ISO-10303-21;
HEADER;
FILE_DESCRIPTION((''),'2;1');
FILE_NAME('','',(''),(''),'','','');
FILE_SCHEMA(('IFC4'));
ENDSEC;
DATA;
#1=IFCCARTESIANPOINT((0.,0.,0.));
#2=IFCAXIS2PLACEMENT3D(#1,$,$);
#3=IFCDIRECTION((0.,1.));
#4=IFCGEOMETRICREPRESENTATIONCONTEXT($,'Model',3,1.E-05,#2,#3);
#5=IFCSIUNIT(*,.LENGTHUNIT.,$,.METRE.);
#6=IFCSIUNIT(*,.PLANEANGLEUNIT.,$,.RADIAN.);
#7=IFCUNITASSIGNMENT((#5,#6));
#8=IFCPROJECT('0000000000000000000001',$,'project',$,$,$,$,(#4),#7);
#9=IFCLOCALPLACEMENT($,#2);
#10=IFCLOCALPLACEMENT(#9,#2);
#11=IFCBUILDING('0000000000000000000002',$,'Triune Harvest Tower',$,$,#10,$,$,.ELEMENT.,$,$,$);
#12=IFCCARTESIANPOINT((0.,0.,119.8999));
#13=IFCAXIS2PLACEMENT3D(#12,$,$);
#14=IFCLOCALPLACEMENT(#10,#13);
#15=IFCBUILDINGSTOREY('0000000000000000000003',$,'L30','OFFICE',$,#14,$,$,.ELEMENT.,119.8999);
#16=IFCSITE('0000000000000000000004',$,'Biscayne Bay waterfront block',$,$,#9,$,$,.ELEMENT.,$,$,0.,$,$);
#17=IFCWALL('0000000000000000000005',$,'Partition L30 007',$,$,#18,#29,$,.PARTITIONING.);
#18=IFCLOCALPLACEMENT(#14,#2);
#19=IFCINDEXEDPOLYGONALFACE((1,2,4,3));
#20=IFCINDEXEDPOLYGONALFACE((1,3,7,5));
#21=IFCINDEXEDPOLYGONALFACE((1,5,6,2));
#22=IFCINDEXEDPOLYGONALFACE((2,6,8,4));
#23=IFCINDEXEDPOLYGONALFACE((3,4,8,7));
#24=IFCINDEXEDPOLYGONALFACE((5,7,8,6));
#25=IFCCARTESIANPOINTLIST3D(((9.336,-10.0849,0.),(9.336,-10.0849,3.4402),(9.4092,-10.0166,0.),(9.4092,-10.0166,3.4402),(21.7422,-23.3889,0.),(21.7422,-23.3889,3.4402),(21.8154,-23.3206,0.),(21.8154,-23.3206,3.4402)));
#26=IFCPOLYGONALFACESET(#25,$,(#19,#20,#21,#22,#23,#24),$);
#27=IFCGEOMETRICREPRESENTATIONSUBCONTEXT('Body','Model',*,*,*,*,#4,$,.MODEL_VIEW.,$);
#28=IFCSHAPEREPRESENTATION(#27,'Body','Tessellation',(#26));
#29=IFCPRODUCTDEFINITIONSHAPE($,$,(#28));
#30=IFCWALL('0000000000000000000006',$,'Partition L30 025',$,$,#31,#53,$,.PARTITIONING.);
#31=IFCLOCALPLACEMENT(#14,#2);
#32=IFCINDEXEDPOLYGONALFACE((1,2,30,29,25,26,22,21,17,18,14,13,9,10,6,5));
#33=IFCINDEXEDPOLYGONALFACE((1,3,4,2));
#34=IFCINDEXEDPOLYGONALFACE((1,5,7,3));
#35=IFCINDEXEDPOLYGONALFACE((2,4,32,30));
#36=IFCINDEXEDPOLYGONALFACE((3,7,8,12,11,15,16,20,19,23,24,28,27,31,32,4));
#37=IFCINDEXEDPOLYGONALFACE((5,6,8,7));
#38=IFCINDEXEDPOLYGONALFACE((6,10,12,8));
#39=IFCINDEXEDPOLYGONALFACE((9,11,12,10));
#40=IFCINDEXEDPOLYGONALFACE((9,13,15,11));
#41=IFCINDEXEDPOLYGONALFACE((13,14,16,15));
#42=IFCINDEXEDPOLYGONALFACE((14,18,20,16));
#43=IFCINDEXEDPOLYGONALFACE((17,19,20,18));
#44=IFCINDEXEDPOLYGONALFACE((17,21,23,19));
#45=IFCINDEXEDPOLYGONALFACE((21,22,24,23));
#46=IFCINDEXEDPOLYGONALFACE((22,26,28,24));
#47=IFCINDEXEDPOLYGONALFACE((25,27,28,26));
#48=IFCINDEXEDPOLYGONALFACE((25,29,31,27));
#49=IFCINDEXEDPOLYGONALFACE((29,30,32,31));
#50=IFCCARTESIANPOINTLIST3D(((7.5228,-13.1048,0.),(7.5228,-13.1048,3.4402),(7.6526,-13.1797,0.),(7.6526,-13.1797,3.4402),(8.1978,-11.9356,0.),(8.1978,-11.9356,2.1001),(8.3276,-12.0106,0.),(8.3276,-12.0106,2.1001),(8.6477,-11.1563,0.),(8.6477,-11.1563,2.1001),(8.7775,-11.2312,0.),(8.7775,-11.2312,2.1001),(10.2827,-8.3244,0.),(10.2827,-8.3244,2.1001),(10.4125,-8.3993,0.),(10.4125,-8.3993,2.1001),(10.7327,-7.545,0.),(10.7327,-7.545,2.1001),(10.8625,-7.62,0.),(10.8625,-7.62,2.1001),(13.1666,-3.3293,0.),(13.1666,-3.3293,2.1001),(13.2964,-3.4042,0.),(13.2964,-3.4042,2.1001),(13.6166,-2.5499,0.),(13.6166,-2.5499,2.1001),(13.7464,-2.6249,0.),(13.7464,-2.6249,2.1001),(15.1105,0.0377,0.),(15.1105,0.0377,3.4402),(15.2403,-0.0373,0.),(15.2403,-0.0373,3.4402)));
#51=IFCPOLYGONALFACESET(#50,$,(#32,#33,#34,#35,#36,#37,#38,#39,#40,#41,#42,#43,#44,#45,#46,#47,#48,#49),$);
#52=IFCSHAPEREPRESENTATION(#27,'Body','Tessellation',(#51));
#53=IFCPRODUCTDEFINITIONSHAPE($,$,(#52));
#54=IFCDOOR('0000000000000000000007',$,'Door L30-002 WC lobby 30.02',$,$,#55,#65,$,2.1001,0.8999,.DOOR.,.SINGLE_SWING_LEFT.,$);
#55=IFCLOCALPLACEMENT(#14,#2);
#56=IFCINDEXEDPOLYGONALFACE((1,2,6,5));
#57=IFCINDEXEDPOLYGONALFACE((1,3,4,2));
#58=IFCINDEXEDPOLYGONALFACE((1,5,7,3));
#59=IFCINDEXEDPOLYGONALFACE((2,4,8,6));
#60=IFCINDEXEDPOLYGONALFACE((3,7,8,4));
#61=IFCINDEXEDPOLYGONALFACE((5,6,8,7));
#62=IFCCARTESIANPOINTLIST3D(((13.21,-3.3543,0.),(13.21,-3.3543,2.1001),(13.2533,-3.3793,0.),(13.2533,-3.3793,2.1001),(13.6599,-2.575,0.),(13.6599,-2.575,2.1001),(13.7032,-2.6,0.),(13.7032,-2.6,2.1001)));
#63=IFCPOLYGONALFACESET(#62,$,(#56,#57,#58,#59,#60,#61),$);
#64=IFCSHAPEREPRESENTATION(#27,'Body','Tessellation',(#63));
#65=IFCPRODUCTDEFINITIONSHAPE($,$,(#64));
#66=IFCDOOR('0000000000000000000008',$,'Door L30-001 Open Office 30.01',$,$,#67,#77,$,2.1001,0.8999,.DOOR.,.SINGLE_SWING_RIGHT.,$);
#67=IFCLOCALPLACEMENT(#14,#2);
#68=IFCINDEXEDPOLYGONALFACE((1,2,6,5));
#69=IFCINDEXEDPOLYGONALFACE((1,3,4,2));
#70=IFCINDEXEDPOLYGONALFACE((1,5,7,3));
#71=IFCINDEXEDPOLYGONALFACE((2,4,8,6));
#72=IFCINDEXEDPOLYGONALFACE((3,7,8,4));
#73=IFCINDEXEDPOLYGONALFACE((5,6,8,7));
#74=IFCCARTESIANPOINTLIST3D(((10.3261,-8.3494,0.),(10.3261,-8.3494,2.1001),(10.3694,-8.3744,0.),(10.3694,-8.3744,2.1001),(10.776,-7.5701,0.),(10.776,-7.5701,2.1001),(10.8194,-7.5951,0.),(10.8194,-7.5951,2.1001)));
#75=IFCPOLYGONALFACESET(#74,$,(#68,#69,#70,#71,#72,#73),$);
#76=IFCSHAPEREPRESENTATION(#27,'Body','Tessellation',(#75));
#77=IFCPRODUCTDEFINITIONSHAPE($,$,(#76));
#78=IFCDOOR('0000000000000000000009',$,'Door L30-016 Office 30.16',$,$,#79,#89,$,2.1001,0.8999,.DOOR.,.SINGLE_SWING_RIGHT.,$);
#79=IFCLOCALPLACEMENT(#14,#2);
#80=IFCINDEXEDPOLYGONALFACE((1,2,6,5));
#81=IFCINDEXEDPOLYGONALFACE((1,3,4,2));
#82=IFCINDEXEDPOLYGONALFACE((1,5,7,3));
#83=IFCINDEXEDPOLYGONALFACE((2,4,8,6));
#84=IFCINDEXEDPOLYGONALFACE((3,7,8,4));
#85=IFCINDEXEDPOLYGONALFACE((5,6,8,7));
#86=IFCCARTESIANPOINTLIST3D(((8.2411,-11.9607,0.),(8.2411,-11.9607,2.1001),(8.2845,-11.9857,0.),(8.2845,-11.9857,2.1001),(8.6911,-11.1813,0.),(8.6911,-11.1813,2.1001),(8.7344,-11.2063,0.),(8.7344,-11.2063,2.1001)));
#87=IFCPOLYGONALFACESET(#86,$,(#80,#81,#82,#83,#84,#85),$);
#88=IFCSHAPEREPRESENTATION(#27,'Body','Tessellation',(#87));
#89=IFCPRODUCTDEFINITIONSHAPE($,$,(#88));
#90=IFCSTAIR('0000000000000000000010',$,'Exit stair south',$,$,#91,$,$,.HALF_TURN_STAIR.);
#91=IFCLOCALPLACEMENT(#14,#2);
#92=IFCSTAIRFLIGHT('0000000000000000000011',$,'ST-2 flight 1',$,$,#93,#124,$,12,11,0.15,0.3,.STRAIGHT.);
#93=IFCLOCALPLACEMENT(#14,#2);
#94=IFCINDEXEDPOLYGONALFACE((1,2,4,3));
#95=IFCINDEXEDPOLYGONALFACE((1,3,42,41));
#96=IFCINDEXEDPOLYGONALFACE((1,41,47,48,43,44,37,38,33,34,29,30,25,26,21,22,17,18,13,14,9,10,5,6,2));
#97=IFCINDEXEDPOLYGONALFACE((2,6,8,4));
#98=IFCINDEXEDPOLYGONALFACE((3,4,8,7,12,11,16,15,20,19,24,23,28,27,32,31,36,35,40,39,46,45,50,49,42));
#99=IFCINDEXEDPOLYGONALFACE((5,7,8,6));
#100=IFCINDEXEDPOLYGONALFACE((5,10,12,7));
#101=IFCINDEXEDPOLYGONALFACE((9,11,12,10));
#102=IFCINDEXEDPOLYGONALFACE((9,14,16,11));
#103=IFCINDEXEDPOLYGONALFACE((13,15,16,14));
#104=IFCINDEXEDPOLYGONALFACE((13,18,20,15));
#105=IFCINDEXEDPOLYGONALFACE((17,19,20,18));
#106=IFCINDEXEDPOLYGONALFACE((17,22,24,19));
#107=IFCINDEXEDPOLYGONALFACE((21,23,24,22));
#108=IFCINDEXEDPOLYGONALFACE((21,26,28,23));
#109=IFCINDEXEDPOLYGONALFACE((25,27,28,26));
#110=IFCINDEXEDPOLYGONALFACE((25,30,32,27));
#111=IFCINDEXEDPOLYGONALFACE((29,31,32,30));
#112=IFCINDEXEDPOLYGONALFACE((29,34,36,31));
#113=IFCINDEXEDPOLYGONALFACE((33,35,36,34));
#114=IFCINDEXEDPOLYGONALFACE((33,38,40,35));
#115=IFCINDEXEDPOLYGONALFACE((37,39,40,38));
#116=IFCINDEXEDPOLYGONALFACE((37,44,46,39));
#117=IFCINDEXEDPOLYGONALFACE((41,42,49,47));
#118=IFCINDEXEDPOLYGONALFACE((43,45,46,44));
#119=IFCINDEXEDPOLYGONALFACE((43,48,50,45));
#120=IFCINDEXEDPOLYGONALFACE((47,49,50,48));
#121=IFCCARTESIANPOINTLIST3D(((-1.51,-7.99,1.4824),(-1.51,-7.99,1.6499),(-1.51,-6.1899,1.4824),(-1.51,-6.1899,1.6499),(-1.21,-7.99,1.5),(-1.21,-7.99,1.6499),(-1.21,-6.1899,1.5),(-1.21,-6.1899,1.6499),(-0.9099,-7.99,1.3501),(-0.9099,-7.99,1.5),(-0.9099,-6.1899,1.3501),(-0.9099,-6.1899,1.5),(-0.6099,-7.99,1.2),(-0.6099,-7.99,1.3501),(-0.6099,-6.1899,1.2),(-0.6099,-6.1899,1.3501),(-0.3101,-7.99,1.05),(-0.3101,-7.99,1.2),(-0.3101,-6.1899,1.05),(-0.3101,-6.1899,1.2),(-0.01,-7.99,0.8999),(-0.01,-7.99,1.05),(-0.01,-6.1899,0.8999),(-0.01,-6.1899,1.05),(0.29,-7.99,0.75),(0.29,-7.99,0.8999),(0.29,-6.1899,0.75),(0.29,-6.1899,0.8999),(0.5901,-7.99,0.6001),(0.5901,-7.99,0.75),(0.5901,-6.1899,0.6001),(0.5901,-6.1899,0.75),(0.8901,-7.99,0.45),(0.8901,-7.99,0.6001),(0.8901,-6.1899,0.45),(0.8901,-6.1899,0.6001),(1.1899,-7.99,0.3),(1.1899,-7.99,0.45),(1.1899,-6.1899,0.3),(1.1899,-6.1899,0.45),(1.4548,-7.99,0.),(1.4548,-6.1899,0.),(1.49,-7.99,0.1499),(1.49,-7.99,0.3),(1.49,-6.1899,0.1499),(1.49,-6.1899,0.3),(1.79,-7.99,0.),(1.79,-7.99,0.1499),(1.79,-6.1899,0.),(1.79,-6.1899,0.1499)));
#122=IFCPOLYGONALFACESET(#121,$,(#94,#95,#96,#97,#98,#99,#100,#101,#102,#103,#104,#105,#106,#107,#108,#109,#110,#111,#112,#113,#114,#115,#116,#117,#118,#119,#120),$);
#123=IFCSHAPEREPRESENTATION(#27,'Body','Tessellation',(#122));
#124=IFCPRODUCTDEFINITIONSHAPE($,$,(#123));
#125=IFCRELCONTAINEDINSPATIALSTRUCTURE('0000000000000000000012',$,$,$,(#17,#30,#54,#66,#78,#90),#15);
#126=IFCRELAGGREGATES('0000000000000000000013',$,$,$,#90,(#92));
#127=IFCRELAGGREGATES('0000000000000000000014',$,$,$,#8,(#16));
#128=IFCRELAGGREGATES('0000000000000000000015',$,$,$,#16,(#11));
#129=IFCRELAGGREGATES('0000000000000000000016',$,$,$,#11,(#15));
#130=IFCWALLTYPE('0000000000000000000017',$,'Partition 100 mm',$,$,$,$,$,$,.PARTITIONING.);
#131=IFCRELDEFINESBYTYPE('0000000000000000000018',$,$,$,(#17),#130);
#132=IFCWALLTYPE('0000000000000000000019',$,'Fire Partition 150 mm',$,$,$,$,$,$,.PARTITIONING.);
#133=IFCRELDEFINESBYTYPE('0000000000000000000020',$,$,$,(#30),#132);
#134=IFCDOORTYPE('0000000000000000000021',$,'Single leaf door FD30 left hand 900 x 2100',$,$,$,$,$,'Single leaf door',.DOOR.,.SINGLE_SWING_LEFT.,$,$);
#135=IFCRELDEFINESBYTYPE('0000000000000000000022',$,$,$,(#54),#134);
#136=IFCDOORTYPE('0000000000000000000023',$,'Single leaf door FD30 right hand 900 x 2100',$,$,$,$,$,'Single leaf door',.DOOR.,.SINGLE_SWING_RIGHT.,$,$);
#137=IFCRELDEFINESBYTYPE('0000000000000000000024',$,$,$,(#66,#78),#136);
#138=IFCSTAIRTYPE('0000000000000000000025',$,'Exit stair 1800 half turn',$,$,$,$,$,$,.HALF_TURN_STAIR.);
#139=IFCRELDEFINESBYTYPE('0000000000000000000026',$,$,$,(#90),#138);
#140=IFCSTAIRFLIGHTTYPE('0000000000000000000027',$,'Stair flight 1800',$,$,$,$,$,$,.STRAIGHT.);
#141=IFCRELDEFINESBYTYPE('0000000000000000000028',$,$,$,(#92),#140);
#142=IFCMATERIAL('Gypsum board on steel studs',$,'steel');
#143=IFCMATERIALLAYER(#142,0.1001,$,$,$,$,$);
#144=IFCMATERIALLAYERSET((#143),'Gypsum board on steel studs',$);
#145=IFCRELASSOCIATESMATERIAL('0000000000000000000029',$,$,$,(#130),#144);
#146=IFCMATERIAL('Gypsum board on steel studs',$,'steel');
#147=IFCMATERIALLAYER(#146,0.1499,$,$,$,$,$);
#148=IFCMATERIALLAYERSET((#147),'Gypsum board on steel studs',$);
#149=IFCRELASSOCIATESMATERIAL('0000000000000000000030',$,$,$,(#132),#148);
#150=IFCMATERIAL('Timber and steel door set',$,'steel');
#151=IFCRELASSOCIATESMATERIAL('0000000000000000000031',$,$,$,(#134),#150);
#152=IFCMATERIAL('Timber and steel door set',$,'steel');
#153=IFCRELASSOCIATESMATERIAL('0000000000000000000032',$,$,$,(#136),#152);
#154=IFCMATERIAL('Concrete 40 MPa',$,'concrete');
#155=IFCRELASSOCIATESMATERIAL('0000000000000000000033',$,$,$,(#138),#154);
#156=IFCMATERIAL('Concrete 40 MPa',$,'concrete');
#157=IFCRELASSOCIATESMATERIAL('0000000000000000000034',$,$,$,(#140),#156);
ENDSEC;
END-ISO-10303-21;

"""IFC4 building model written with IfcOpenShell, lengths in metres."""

from ifc_helpers import new_model, si_unit, direction, frame, frame_2d, origin, place, context, subcontext, project, spatial, polyline, rectangle, outline, extrude, source, transform, mapped, material, layer, layer_set, type_object, element, fill, aggregate, save


model = new_model("IFC4")

# Units and contexts
model_context = context("Model", 3, precision=1e-05, world=origin(), true_north=direction((0.0, 1.0)))
body_context = subcontext(model_context, "Body", "Model", "MODEL_VIEW")
ifc_project = project(units=[si_unit("LENGTHUNIT", "METRE"), si_unit("PLANEANGLEUNIT", "RADIAN")], contexts=[model_context])

# Site, building, storey
site_placement = place(None, origin())
site = spatial("IfcSite", under=ifc_project, at=site_placement, Name="Biscayne Bay waterfront block", CompositionType="ELEMENT", RefElevation=0.0)
building_placement = place(site_placement, origin())
building = spatial("IfcBuilding", under=site, at=building_placement, Name="Triune Harvest Tower", CompositionType="ELEMENT")
storey_placement = place(building_placement, frame((0.0, 0.0, 119.8999)))
storey = spatial("IfcBuildingStorey", under=building, at=storey_placement, Name="L30", Description="OFFICE", CompositionType="ELEMENT", Elevation=119.8999)

# Wall
ifc_material_1 = material(Name="Gypsum board on steel studs", Category="steel")
ifc_layer_1 = layer(ifc_material_1, 0.1001)
ifc_layer_set_1 = layer_set([ifc_layer_1], Name="Gypsum board on steel studs")
wall_type_1 = type_object("IfcWallType", Name="Partition 100 mm", PredefinedType="PARTITIONING", material=ifc_layer_set_1)
shared_shape_1 = source(origin(), body_context, "Body", "SweptSolid", [
    extrude(rectangle(XDim=18.1909, YDim=0.1001, at=frame_2d((9.0955, 0.0))), origin(), (0.0, 0.0, 1.0), 3.4402),
])
wall_1_placement = place(storey_placement, frame((9.3726, -10.0508, 0.0), z_axis=(0.0, 0.0, 1.0), x_axis=(0.682002, -0.731351, 0.0)))
element("IfcWall", 1, at=wall_1_placement, inside=storey, type_object=wall_type_1, Name="Partition L30 007", PredefinedType="PARTITIONING", context=body_context, shape_type="MappedRepresentation", body=[
    mapped(shared_shape_1, transform((0.0, 0.0, 0.0), scale=1.0)),
])

# Wall, openings, doors
ifc_material_2 = material(Name="Gypsum board on steel studs", Category="steel")
ifc_layer_2 = layer(ifc_material_2, 0.1499)
ifc_layer_set_2 = layer_set([ifc_layer_2], Name="Gypsum board on steel studs")
wall_type_2 = type_object("IfcWallType", Name="Fire Partition 150 mm", PredefinedType="PARTITIONING", material=ifc_layer_set_2)
shared_shape_2 = source(origin(), body_context, "Body", "SweptSolid", [
    extrude(rectangle(XDim=15.1755, YDim=0.1499, at=frame_2d((7.5879, 0.0))), origin(), (0.0, 0.0, 1.0), 3.4402),
])
wall_2_placement = place(storey_placement, frame((7.5876, -13.1423, 0.0), z_axis=(0.0, 0.0, 1.0), x_axis=(0.499996, 0.866028, 0.0)))
wall_2 = element("IfcWall", 2, at=wall_2_placement, inside=storey, type_object=wall_type_2, Name="Partition L30 025", PredefinedType="PARTITIONING", context=body_context, shape_type="MappedRepresentation", body=[
    mapped(shared_shape_2, transform((0.0, 0.0, 0.0), scale=1.0)),
])
opening_1_placement = place(wall_2_placement, frame((5.52, 0.0, 0.0)))
opening_1 = element("IfcOpeningElement", 3, at=opening_1_placement, cuts=wall_2, PredefinedType="OPENING", context=body_context, shape_type="SweptSolid", body=[
    extrude(rectangle(XDim=0.8999, YDim=2.1001, at=frame_2d((0.45, 1.05))), frame((0.0, 0.085, 0.0), z_axis=(0.0, -1.0, 0.0), x_axis=(1.0, 0.0, 0.0)), (0.0, 0.0, 1.0), 0.1699),
])
opening_2_placement = place(wall_2_placement, frame((11.2878, 0.0, 0.0)))
opening_2 = element("IfcOpeningElement", 4, at=opening_2_placement, cuts=wall_2, PredefinedType="OPENING", context=body_context, shape_type="SweptSolid", body=[
    extrude(rectangle(XDim=0.8999, YDim=2.1001, at=frame_2d((0.45, 1.05))), frame((0.0, 0.085, 0.0), z_axis=(0.0, -1.0, 0.0), x_axis=(1.0, 0.0, 0.0)), (0.0, 0.0, 1.0), 0.1699),
])
opening_3_placement = place(wall_2_placement, frame((1.3501, 0.0, 0.0)))
opening_3 = element("IfcOpeningElement", 5, at=opening_3_placement, cuts=wall_2, PredefinedType="OPENING", context=body_context, shape_type="SweptSolid", body=[
    extrude(rectangle(XDim=0.8999, YDim=2.1001, at=frame_2d((0.45, 1.05))), frame((0.0, 0.085, 0.0), z_axis=(0.0, -1.0, 0.0), x_axis=(1.0, 0.0, 0.0)), (0.0, 0.0, 1.0), 0.1699),
])
ifc_material_3 = material(Name="Timber and steel door set", Category="steel")
door_type_1 = type_object("IfcDoorType", Name="Single leaf door FD30 left hand 900 x 2100", ElementType="Single leaf door", OperationType="SINGLE_SWING_LEFT", PredefinedType="DOOR", material=ifc_material_3)
door_1_placement = place(opening_2_placement, origin())
door_1 = element("IfcDoor", 6, at=door_1_placement, inside=storey, type_object=door_type_1, Name="Door L30-002 WC lobby 30.02", OperationType="SINGLE_SWING_LEFT", OverallHeight=2.1001, OverallWidth=0.8999, PredefinedType="DOOR", context=body_context, shape_type="SweptSolid", body=[
    extrude(rectangle(XDim=0.8999, YDim=2.1001, at=frame_2d((0.45, 1.05))), frame((0.0, 0.0249, 0.0), z_axis=(0.0, -1.0, 0.0), x_axis=(1.0, 0.0, 0.0)), (0.0, 0.0, 1.0), 0.05),
])
fill(opening_2, door_1)
ifc_material_4 = material(Name="Timber and steel door set", Category="steel")
door_type_2 = type_object("IfcDoorType", Name="Single leaf door FD30 right hand 900 x 2100", ElementType="Single leaf door", OperationType="SINGLE_SWING_RIGHT", PredefinedType="DOOR", material=ifc_material_4)
door_2_placement = place(opening_1_placement, origin())
door_2 = element("IfcDoor", 7, at=door_2_placement, inside=storey, type_object=door_type_2, Name="Door L30-001 Open Office 30.01", OperationType="SINGLE_SWING_RIGHT", OverallHeight=2.1001, OverallWidth=0.8999, PredefinedType="DOOR", context=body_context, shape_type="SweptSolid", body=[
    extrude(rectangle(XDim=0.8999, YDim=2.1001, at=frame_2d((0.45, 1.05))), frame((0.0, 0.0249, 0.0), z_axis=(0.0, -1.0, 0.0), x_axis=(1.0, 0.0, 0.0)), (0.0, 0.0, 1.0), 0.05),
])
fill(opening_1, door_2)
door_3_placement = place(opening_3_placement, origin())
door_3 = element("IfcDoor", 8, at=door_3_placement, inside=storey, type_object=door_type_2, Name="Door L30-016 Office 30.16", OperationType="SINGLE_SWING_RIGHT", OverallHeight=2.1001, OverallWidth=0.8999, PredefinedType="DOOR", context=body_context, shape_type="SweptSolid", body=[
    extrude(rectangle(XDim=0.8999, YDim=2.1001, at=frame_2d((0.45, 1.05))), frame((0.0, 0.0249, 0.0), z_axis=(0.0, -1.0, 0.0), x_axis=(1.0, 0.0, 0.0)), (0.0, 0.0, 1.0), 0.05),
])
fill(opening_3, door_3)

# Stair, stair flight
ifc_material_5 = material(Name="Concrete 40 MPa", Category="concrete")
stair_type = type_object("IfcStairType", Name="Exit stair 1800 half turn", PredefinedType="HALF_TURN_STAIR", material=ifc_material_5)
stair_placement = place(storey_placement, origin())
stair = element("IfcStair", 9, at=stair_placement, inside=storey, type_object=stair_type, Name="Exit stair south", PredefinedType="HALF_TURN_STAIR")
ifc_material_6 = material(Name="Concrete 40 MPa", Category="concrete")
stair_flight_type = type_object("IfcStairFlightType", Name="Stair flight 1800", PredefinedType="STRAIGHT", material=ifc_material_6)
shared_shape_3 = source(origin(), body_context, "Body", "SweptSolid", [
    extrude(outline(polyline([(0.0, 0.0), (0.0, 0.1499), (0.3, 0.1499), (0.3, 0.3), (0.6001, 0.3), (0.6001, 0.45), (0.8999, 0.45), (0.8999, 0.6001), (1.2, 0.6001), (1.2, 0.75), (1.5, 0.75), (1.5, 0.8999), (1.8, 0.8999), (1.8, 1.05), (2.1001, 1.05), (2.1001, 1.2), (2.3999, 1.2), (2.3999, 1.3501), (2.7, 1.3501), (2.7, 1.5), (3.0, 1.5), (3.0, 1.6499), (3.3, 1.6499), (3.3, 1.8), (3.3, 1.4824), (0.3352, 0.0), (0.0, 0.0)])), frame((0.0, 0.8999, 0.0), z_axis=(0.0, -1.0, 0.0), x_axis=(1.0, 0.0, 0.0)), (0.0, 0.0, 1.0), 1.8),
])
stair_flight_placement = place(storey_placement, frame((1.79, -7.0901, 0.0), z_axis=(0.0, 0.0, 1.0), x_axis=(-1.0, 0.0, 0.0)))
stair_flight = element("IfcStairFlight", 10, at=stair_flight_placement, type_object=stair_flight_type, Name="ST-2 flight 1", NumberOfRisers=12, NumberOfTreads=11, PredefinedType="STRAIGHT", RiserHeight=0.15, TreadLength=0.3, context=body_context, shape_type="MappedRepresentation", body=[
    mapped(shared_shape_3, transform((0.0, 0.0, 0.0), scale=1.0)),
])
aggregate(stair, [stair_flight])

save(model, "model.ifc")
